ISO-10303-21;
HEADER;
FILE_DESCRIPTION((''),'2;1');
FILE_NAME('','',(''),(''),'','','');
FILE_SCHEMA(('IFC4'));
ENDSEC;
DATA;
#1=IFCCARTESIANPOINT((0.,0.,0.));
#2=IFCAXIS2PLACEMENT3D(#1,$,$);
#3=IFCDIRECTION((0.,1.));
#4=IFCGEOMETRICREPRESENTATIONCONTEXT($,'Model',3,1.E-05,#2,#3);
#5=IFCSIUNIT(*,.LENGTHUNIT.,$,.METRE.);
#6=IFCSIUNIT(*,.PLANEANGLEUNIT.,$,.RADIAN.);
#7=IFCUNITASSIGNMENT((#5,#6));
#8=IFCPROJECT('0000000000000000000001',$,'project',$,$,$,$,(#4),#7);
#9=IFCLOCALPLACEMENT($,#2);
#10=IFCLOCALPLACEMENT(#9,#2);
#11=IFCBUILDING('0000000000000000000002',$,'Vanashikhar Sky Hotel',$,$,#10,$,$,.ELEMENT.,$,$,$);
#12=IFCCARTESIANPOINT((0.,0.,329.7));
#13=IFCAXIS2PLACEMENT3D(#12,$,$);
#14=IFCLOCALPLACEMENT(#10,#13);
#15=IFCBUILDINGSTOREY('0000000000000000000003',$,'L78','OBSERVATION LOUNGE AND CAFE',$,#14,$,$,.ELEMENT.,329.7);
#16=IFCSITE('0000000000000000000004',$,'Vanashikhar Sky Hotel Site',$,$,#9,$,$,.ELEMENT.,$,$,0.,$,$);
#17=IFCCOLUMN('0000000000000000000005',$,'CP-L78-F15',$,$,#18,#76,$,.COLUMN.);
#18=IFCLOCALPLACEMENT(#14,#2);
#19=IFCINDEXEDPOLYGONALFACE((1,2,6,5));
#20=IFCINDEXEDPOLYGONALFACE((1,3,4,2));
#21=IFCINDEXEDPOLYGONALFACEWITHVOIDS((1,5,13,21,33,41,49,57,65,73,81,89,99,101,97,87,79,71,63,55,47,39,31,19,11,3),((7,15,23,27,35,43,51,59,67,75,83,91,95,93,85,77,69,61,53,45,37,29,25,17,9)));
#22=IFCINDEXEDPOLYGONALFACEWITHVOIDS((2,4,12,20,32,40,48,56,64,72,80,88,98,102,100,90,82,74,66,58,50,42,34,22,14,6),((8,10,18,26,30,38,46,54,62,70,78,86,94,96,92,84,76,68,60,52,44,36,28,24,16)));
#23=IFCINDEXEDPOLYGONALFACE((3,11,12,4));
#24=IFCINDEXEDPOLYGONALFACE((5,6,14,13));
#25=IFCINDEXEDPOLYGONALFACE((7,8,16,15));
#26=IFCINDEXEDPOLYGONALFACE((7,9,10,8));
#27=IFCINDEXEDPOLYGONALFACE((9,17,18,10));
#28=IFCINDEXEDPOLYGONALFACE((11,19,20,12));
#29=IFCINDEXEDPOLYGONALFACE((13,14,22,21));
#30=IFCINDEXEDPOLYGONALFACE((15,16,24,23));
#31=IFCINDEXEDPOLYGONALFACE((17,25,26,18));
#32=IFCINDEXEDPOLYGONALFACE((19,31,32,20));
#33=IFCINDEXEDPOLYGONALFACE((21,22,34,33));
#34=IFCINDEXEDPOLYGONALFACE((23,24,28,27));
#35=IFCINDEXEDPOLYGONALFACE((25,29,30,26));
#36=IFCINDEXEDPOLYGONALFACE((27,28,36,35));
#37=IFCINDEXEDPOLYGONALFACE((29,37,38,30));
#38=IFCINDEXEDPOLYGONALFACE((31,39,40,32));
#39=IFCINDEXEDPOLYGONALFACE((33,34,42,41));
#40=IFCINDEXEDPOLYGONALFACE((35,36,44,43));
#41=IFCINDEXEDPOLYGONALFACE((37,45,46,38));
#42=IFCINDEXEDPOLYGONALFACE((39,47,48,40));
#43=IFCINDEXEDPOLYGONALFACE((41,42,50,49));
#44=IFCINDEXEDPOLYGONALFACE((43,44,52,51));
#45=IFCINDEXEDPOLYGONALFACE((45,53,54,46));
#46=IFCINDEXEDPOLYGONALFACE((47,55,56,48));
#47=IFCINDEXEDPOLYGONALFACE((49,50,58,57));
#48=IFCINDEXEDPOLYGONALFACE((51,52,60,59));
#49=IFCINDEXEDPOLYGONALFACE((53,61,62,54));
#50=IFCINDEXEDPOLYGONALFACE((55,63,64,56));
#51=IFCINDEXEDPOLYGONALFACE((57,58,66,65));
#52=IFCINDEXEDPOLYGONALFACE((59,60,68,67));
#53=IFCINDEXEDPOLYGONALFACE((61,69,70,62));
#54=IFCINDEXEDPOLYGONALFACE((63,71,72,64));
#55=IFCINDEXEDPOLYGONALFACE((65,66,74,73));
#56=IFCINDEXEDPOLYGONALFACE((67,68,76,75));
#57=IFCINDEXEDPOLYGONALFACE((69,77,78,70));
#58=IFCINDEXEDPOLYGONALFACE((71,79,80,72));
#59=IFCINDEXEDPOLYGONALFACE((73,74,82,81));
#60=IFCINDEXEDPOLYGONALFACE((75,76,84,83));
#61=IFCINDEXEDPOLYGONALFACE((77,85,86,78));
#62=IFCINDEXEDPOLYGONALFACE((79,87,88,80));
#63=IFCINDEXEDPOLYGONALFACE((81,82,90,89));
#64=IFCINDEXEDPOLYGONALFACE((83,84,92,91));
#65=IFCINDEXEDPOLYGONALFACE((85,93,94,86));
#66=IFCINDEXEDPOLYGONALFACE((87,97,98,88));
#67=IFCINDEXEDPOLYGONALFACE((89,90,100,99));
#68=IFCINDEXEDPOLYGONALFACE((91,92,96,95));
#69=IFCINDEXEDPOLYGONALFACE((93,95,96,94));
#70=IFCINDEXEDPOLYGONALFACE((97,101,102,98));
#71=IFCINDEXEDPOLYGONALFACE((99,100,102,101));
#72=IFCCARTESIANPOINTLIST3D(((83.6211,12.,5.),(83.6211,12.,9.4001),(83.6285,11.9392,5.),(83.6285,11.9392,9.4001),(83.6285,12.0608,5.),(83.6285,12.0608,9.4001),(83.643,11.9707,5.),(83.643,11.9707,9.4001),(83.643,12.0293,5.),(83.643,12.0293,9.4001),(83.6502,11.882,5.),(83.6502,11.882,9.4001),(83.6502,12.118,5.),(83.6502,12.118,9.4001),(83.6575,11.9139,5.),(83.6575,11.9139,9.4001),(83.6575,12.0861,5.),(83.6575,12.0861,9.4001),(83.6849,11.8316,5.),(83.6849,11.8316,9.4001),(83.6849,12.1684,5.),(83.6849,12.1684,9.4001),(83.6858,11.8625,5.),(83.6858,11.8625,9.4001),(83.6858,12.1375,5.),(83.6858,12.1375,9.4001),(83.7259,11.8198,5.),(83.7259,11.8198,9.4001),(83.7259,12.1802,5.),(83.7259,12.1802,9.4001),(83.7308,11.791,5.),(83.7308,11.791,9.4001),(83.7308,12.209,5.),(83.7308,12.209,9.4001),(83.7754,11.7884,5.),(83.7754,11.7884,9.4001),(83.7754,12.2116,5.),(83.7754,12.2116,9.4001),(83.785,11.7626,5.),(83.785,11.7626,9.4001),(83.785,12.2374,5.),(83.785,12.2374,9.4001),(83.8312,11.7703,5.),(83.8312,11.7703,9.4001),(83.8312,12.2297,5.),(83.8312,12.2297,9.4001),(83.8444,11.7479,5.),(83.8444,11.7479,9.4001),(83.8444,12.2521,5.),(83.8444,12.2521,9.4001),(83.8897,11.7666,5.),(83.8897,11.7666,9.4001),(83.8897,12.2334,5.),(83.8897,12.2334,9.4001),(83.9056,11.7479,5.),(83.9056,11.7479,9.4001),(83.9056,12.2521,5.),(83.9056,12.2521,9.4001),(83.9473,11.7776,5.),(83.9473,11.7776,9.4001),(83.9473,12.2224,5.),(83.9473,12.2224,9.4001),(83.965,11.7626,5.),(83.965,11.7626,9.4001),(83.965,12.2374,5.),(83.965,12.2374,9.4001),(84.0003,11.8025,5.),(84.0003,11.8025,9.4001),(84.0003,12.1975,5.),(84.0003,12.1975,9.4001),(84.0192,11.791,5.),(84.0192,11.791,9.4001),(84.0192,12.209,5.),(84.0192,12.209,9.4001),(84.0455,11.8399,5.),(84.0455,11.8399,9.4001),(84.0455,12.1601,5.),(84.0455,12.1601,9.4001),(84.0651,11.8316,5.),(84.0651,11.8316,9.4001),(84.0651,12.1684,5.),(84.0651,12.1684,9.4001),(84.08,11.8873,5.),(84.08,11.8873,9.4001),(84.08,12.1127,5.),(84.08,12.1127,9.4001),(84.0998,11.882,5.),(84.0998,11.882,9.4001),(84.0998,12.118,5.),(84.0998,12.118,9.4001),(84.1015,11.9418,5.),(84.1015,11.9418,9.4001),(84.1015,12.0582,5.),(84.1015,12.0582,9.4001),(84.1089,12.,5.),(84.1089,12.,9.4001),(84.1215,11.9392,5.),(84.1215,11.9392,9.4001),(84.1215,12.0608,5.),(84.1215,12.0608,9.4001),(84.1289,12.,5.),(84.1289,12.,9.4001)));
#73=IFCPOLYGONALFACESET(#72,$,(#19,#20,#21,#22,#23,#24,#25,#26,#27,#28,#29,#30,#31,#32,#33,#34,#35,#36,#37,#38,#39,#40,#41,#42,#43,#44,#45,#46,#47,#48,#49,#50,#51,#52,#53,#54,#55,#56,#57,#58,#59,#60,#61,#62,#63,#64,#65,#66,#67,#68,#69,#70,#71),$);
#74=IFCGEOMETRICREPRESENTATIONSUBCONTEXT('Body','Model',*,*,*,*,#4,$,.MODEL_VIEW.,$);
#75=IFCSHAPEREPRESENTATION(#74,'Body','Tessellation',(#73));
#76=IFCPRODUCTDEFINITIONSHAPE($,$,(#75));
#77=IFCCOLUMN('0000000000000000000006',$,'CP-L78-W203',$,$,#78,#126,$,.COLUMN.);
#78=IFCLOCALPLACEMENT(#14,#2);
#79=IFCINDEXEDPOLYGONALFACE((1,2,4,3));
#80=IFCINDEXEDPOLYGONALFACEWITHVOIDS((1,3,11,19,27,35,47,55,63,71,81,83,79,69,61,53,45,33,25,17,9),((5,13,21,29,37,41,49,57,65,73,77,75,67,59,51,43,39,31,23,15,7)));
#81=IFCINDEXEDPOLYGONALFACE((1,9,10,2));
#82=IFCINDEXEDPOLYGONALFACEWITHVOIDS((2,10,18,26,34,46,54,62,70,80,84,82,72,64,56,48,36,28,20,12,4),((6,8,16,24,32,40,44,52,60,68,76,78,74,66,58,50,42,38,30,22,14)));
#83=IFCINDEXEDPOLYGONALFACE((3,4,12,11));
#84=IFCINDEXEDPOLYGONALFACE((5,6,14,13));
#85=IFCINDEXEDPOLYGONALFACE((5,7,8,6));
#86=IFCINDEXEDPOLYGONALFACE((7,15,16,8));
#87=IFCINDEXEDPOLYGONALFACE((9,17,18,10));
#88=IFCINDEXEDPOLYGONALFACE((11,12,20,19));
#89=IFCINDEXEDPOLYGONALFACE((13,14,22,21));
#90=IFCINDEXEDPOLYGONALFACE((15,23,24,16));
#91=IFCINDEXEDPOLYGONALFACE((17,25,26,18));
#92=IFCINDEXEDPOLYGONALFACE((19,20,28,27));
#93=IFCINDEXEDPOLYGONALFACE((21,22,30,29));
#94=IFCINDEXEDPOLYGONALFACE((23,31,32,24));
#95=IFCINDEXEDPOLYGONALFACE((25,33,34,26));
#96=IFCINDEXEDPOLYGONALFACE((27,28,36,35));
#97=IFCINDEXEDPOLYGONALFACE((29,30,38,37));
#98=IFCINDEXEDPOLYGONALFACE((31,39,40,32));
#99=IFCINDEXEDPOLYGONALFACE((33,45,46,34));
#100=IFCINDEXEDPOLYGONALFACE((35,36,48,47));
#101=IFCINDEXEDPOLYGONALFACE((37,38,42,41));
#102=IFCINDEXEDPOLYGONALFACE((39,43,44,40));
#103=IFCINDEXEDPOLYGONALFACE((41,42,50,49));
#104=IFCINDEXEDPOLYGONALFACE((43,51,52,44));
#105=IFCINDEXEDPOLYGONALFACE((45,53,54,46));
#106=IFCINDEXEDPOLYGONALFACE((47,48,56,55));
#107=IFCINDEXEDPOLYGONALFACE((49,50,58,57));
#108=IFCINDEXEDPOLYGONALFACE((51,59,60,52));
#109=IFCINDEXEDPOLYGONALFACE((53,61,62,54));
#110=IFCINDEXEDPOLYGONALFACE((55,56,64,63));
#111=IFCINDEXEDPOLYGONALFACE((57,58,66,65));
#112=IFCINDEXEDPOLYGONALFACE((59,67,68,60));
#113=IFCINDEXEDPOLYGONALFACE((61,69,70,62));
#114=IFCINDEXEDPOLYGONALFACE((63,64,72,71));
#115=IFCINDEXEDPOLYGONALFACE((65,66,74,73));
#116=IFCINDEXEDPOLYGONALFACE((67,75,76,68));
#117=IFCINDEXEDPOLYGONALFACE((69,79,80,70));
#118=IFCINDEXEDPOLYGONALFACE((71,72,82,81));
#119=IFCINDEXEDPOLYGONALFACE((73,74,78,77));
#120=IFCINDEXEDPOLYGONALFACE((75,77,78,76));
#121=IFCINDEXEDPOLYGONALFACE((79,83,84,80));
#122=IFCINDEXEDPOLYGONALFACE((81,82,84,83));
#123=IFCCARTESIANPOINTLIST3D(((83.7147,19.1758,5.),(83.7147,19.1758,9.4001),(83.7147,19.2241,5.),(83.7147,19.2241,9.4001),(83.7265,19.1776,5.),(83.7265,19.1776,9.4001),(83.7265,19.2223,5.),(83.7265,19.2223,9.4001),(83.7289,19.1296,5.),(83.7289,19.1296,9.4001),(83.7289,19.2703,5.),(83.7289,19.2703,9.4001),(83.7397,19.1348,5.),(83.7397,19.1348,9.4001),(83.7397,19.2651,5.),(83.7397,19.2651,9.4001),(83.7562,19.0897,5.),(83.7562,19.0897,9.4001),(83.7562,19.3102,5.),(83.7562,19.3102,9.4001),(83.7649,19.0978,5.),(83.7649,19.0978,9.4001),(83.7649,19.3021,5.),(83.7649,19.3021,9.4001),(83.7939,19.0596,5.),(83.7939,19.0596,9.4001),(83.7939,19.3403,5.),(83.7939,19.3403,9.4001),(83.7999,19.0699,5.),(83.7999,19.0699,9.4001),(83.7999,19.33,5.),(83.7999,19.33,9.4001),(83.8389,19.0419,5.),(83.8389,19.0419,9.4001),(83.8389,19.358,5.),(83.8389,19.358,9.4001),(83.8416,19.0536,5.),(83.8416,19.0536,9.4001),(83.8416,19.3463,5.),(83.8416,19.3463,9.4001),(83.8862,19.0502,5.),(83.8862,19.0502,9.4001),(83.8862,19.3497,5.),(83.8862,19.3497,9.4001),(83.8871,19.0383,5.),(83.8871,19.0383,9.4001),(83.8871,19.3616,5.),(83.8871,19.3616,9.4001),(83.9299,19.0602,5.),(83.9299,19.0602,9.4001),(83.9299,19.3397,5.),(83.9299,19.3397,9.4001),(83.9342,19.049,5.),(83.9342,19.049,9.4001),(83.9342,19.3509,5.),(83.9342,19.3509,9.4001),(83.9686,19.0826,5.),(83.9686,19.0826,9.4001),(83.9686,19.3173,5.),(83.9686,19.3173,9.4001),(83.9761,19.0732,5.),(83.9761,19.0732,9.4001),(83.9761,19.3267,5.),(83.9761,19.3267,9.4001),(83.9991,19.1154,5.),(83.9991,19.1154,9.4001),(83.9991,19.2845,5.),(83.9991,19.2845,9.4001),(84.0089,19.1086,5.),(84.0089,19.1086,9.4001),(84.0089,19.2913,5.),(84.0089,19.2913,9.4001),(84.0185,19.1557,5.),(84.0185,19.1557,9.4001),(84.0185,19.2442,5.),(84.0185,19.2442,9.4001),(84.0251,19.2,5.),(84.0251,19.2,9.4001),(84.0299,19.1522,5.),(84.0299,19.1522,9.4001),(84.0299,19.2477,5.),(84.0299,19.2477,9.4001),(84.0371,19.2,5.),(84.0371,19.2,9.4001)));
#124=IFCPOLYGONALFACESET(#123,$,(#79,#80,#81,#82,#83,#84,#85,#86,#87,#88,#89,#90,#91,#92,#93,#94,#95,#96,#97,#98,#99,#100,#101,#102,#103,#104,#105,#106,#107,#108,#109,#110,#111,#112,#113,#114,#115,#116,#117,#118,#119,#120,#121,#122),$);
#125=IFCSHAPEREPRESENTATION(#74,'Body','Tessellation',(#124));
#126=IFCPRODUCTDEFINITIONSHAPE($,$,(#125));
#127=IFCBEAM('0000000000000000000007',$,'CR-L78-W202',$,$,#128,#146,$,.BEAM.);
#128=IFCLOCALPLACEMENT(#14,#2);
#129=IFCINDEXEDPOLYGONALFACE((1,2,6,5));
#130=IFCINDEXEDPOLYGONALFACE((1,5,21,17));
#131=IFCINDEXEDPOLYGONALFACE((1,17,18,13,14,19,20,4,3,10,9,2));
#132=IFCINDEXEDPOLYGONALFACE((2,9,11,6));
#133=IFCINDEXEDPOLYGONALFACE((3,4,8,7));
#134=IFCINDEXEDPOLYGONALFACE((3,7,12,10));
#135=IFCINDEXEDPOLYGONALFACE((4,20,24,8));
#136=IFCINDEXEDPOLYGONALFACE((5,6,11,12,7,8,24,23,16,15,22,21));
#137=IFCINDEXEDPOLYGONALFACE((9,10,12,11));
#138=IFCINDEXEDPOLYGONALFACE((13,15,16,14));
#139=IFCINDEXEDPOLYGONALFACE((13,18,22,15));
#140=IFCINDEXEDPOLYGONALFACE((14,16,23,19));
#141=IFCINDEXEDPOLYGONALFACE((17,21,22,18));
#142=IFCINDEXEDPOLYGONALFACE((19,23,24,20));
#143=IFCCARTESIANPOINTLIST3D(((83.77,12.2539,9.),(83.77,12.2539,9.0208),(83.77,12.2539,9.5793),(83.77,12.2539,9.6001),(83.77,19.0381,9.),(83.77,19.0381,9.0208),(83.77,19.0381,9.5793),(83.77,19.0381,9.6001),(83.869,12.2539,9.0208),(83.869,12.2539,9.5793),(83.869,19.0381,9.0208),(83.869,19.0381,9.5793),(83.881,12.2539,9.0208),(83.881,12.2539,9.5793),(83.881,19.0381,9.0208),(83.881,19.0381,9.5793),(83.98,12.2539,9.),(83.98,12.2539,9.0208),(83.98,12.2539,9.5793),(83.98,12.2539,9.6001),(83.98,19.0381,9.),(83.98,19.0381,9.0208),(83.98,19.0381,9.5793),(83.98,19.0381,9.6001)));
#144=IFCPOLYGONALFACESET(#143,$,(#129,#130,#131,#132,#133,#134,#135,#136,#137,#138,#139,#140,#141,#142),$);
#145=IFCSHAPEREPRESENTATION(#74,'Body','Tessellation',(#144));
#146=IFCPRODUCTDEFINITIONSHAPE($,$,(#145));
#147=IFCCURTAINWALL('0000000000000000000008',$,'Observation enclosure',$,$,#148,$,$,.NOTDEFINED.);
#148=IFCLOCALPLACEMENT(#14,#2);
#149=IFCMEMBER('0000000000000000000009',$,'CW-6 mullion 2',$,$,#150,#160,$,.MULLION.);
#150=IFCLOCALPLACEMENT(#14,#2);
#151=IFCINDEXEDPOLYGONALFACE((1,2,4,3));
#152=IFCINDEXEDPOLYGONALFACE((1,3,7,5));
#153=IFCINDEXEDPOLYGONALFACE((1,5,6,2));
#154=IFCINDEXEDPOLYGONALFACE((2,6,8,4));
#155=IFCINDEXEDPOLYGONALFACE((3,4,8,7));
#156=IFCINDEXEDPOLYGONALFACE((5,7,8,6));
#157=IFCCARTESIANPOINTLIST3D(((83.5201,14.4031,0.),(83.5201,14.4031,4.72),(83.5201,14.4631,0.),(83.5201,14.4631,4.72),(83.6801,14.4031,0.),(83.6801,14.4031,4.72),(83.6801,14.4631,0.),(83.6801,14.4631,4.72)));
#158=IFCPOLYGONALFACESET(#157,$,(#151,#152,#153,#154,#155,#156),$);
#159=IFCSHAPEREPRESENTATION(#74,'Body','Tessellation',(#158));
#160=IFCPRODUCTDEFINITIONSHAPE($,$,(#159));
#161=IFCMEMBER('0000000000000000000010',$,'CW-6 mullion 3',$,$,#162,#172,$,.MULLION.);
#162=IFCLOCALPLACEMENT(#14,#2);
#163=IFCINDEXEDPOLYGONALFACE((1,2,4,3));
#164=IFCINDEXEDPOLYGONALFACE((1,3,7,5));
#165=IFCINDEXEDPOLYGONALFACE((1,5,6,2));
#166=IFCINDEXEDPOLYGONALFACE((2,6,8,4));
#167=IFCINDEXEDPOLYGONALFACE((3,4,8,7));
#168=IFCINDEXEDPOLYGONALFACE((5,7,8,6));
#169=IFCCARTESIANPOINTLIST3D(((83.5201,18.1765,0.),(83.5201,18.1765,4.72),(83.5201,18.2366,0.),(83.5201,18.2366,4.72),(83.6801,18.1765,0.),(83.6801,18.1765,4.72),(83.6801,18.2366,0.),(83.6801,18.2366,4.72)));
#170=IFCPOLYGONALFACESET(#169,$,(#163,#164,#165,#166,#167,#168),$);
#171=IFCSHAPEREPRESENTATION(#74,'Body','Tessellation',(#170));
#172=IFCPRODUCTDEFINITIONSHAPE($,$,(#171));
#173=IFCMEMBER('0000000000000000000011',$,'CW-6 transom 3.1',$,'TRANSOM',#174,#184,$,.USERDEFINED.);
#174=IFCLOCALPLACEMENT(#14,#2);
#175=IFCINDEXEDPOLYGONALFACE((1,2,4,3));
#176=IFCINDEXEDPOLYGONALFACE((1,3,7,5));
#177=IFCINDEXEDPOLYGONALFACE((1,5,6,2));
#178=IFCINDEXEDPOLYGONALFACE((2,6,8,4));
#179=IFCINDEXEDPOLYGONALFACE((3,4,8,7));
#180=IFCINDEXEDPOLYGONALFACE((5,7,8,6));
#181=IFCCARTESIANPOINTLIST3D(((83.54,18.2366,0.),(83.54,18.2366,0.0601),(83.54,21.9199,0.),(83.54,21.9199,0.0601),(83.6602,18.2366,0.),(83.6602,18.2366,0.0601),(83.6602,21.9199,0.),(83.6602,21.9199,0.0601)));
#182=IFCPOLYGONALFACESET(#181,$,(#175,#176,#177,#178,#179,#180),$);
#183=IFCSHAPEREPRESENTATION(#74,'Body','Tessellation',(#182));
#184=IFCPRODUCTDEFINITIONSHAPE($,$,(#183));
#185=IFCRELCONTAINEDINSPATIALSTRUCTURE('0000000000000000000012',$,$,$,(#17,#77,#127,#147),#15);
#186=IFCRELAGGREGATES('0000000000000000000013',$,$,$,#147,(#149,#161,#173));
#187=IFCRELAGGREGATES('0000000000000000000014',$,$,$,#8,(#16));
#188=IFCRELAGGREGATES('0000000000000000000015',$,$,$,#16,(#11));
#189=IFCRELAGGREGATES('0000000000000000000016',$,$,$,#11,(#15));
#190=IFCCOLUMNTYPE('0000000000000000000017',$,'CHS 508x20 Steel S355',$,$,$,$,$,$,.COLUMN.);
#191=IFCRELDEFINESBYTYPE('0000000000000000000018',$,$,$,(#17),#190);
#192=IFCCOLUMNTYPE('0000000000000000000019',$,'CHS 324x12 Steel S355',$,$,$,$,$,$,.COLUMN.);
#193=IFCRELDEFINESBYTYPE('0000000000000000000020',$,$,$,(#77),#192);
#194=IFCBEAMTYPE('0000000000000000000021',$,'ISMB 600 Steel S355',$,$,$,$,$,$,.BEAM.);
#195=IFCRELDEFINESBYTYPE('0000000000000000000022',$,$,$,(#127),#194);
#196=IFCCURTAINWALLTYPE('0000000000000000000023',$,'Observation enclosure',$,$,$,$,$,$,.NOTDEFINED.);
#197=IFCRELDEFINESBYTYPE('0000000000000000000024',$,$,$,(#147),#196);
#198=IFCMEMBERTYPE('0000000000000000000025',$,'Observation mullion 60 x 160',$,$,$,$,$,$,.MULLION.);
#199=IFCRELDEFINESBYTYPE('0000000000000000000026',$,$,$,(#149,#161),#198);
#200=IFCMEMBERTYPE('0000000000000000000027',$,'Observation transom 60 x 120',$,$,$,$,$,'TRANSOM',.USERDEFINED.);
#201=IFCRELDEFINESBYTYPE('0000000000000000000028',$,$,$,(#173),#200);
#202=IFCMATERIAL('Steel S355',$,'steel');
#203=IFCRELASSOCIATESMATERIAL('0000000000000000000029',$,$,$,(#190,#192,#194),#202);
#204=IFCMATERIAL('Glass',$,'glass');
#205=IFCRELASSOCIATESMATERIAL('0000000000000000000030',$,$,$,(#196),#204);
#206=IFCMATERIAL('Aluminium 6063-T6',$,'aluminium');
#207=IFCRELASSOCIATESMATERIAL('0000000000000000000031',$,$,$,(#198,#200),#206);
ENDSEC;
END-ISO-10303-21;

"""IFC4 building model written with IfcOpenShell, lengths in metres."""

from ifc_helpers import new_model, si_unit, direction, frame, origin, origin_2d, place, context, subcontext, project, spatial, rectangle, hollow_circle, i_section, extrude, source, transform, mapped, material, material_profile, profile_set, type_object, element, aggregate, save


model = new_model("IFC4")

# Units and contexts
model_context = context("Model", 3, precision=1e-05, world=origin(), true_north=direction((0.0, 1.0)))
body_context = subcontext(model_context, "Body", "Model", "MODEL_VIEW")
ifc_project = project(units=[si_unit("LENGTHUNIT", "METRE"), si_unit("PLANEANGLEUNIT", "RADIAN")], contexts=[model_context])

# Site, building, storey
site_placement = place(None, origin())
site = spatial("IfcSite", under=ifc_project, at=site_placement, Name="Vanashikhar Sky Hotel Site", CompositionType="ELEMENT", RefElevation=0.0)
building_placement = place(site_placement, origin())
building = spatial("IfcBuilding", under=site, at=building_placement, Name="Vanashikhar Sky Hotel", CompositionType="ELEMENT")
storey_placement = place(building_placement, frame((0.0, 0.0, 329.7)))
storey = spatial("IfcBuildingStorey", under=building, at=storey_placement, Name="L78", Description="OBSERVATION LOUNGE AND CAFE", CompositionType="ELEMENT", Elevation=329.7)

# Columns
ifc_material_1 = material(Name="Steel S355", Category="steel")
ifc_material_profile_1 = material_profile(ifc_material_1, hollow_circle(Radius=0.2539, WallThickness=0.02, at=origin_2d()))
ifc_profile_set_1 = profile_set([ifc_material_profile_1], Name="CHS 508x20 Steel S355")
column_type_1 = type_object("IfcColumnType", Name="CHS 508x20 Steel S355", PredefinedType="COLUMN", material=ifc_profile_set_1)
shared_shape_1 = source(origin(), body_context, "Body", "SweptSolid", [
    extrude(hollow_circle(Radius=0.2539, WallThickness=0.02, at=origin_2d()), origin(), (0.0, 0.0, 1.0), 4.4001),
])
column_1_placement = place(storey_placement, frame((83.875, 12.0, 5.0), z_axis=(0.0, 0.0, 1.0), x_axis=(1.0, 0.0, 0.0)))
element("IfcColumn", 1, at=column_1_placement, inside=storey, type_object=column_type_1, Name="CP-L78-F15", PredefinedType="COLUMN", context=body_context, shape_type="MappedRepresentation", body=[
    mapped(shared_shape_1, transform((0.0, 0.0, 0.0), scale=1.0)),
])
ifc_material_profile_2 = material_profile(ifc_material_1, hollow_circle(Radius=0.1621, WallThickness=0.012, at=origin_2d()))
ifc_profile_set_2 = profile_set([ifc_material_profile_2], Name="CHS 324x12 Steel S355")
column_type_2 = type_object("IfcColumnType", Name="CHS 324x12 Steel S355", PredefinedType="COLUMN", material=ifc_profile_set_2)
shared_shape_2 = source(origin(), body_context, "Body", "SweptSolid", [
    extrude(hollow_circle(Radius=0.1621, WallThickness=0.012, at=origin_2d()), origin(), (0.0, 0.0, 1.0), 4.4001),
])
column_2_placement = place(storey_placement, frame((83.875, 19.2, 5.0), z_axis=(0.0, 0.0, 1.0), x_axis=(1.0, 0.0, 0.0)))
element("IfcColumn", 2, at=column_2_placement, inside=storey, type_object=column_type_2, Name="CP-L78-W203", PredefinedType="COLUMN", context=body_context, shape_type="MappedRepresentation", body=[
    mapped(shared_shape_2, transform((0.0, 0.0, 0.0), scale=1.0)),
])

# Beam
ifc_material_profile_3 = material_profile(ifc_material_1, i_section(OverallWidth=0.21, OverallDepth=0.6001, WebThickness=0.012, FlangeThickness=0.0208, at=origin_2d()), Name="ISMB 600")
ifc_profile_set_3 = profile_set([ifc_material_profile_3], Name="Steel S355")
beam_type = type_object("IfcBeamType", Name="ISMB 600 Steel S355", PredefinedType="BEAM", material=ifc_profile_set_3)
shared_shape_3 = source(origin(), body_context, "Body", "SweptSolid", [
    extrude(i_section(OverallWidth=0.21, OverallDepth=0.6001, WebThickness=0.012, FlangeThickness=0.0208, at=origin_2d()), origin(), (0.0, 0.0, 1.0), 6.7842),
])
beam_placement = place(storey_placement, frame((83.875, 12.2539, 9.3), z_axis=(0.0, 1.0, 0.0), x_axis=(-1.0, 0.0, 0.0)))
element("IfcBeam", 3, at=beam_placement, inside=storey, type_object=beam_type, Name="CR-L78-W202", PredefinedType="BEAM", context=body_context, shape_type="MappedRepresentation", body=[
    mapped(shared_shape_3, transform((0.0, 0.0, 0.0), scale=1.0)),
])

# Curtain wall, members
ifc_material_2 = material(Name="Glass", Category="glass")
curtain_wall_type = type_object("IfcCurtainWallType", Name="Observation enclosure", PredefinedType="NOTDEFINED", material=ifc_material_2)
curtain_wall_placement = place(storey_placement, origin())
curtain_wall = element("IfcCurtainWall", 4, at=curtain_wall_placement, inside=storey, type_object=curtain_wall_type, Name="Observation enclosure", PredefinedType="NOTDEFINED")
ifc_material_3 = material(Name="Aluminium 6063-T6", Category="aluminium")
ifc_material_profile_4 = material_profile(ifc_material_3, rectangle(XDim=0.1599, YDim=0.0601, at=origin_2d()))
ifc_profile_set_4 = profile_set([ifc_material_profile_4], Name="Aluminium 6063-T6")
member_type_1 = type_object("IfcMemberType", Name="Observation mullion 60 x 160", PredefinedType="MULLION", material=ifc_profile_set_4)
shared_shape_4 = source(origin(), body_context, "Body", "SweptSolid", [
    extrude(rectangle(XDim=0.1599, YDim=0.0601, at=origin_2d()), origin(), (0.0, 0.0, 1.0), 4.72),
])
member_1_placement = place(storey_placement, frame((83.6001, 14.4331, 0.0), z_axis=(0.0, 0.0, 1.0), x_axis=(-1.0, 0.0, 0.0)))
member_1 = element("IfcMember", 5, at=member_1_placement, type_object=member_type_1, Name="CW-6 mullion 2", PredefinedType="MULLION", context=body_context, shape_type="MappedRepresentation", body=[
    mapped(shared_shape_4, transform((0.0, 0.0, 0.0), scale=1.0)),
])
member_2_placement = place(storey_placement, frame((83.6001, 18.2065, 0.0), z_axis=(0.0, 0.0, 1.0), x_axis=(-1.0, 0.0, 0.0)))
member_2 = element("IfcMember", 6, at=member_2_placement, type_object=member_type_1, Name="CW-6 mullion 3", PredefinedType="MULLION", context=body_context, shape_type="MappedRepresentation", body=[
    mapped(shared_shape_4, transform((0.0, 0.0, 0.0), scale=1.0)),
])
ifc_material_profile_5 = material_profile(ifc_material_3, rectangle(XDim=0.1201, YDim=0.0601, at=origin_2d()))
ifc_profile_set_5 = profile_set([ifc_material_profile_5], Name="Aluminium 6063-T6")
member_type_2 = type_object("IfcMemberType", Name="Observation transom 60 x 120", ElementType="TRANSOM", PredefinedType="USERDEFINED", material=ifc_profile_set_5)
shared_shape_5 = source(origin(), body_context, "Body", "SweptSolid", [
    extrude(rectangle(XDim=0.1201, YDim=0.0601, at=origin_2d()), origin(), (0.0, 0.0, 1.0), 3.6833),
])
member_3_placement = place(storey_placement, frame((83.6001, 18.2366, 0.03), z_axis=(0.0, 1.0, 0.0), x_axis=(-1.0, 0.0, 0.0)))
member_3 = element("IfcMember", 7, at=member_3_placement, type_object=member_type_2, Name="CW-6 transom 3.1", ObjectType="TRANSOM", PredefinedType="USERDEFINED", context=body_context, shape_type="MappedRepresentation", body=[
    mapped(shared_shape_5, transform((0.0, 0.0, 0.0), scale=1.0)),
])
aggregate(curtain_wall, [member_1, member_2, member_3])

save(model, "model.ifc")
